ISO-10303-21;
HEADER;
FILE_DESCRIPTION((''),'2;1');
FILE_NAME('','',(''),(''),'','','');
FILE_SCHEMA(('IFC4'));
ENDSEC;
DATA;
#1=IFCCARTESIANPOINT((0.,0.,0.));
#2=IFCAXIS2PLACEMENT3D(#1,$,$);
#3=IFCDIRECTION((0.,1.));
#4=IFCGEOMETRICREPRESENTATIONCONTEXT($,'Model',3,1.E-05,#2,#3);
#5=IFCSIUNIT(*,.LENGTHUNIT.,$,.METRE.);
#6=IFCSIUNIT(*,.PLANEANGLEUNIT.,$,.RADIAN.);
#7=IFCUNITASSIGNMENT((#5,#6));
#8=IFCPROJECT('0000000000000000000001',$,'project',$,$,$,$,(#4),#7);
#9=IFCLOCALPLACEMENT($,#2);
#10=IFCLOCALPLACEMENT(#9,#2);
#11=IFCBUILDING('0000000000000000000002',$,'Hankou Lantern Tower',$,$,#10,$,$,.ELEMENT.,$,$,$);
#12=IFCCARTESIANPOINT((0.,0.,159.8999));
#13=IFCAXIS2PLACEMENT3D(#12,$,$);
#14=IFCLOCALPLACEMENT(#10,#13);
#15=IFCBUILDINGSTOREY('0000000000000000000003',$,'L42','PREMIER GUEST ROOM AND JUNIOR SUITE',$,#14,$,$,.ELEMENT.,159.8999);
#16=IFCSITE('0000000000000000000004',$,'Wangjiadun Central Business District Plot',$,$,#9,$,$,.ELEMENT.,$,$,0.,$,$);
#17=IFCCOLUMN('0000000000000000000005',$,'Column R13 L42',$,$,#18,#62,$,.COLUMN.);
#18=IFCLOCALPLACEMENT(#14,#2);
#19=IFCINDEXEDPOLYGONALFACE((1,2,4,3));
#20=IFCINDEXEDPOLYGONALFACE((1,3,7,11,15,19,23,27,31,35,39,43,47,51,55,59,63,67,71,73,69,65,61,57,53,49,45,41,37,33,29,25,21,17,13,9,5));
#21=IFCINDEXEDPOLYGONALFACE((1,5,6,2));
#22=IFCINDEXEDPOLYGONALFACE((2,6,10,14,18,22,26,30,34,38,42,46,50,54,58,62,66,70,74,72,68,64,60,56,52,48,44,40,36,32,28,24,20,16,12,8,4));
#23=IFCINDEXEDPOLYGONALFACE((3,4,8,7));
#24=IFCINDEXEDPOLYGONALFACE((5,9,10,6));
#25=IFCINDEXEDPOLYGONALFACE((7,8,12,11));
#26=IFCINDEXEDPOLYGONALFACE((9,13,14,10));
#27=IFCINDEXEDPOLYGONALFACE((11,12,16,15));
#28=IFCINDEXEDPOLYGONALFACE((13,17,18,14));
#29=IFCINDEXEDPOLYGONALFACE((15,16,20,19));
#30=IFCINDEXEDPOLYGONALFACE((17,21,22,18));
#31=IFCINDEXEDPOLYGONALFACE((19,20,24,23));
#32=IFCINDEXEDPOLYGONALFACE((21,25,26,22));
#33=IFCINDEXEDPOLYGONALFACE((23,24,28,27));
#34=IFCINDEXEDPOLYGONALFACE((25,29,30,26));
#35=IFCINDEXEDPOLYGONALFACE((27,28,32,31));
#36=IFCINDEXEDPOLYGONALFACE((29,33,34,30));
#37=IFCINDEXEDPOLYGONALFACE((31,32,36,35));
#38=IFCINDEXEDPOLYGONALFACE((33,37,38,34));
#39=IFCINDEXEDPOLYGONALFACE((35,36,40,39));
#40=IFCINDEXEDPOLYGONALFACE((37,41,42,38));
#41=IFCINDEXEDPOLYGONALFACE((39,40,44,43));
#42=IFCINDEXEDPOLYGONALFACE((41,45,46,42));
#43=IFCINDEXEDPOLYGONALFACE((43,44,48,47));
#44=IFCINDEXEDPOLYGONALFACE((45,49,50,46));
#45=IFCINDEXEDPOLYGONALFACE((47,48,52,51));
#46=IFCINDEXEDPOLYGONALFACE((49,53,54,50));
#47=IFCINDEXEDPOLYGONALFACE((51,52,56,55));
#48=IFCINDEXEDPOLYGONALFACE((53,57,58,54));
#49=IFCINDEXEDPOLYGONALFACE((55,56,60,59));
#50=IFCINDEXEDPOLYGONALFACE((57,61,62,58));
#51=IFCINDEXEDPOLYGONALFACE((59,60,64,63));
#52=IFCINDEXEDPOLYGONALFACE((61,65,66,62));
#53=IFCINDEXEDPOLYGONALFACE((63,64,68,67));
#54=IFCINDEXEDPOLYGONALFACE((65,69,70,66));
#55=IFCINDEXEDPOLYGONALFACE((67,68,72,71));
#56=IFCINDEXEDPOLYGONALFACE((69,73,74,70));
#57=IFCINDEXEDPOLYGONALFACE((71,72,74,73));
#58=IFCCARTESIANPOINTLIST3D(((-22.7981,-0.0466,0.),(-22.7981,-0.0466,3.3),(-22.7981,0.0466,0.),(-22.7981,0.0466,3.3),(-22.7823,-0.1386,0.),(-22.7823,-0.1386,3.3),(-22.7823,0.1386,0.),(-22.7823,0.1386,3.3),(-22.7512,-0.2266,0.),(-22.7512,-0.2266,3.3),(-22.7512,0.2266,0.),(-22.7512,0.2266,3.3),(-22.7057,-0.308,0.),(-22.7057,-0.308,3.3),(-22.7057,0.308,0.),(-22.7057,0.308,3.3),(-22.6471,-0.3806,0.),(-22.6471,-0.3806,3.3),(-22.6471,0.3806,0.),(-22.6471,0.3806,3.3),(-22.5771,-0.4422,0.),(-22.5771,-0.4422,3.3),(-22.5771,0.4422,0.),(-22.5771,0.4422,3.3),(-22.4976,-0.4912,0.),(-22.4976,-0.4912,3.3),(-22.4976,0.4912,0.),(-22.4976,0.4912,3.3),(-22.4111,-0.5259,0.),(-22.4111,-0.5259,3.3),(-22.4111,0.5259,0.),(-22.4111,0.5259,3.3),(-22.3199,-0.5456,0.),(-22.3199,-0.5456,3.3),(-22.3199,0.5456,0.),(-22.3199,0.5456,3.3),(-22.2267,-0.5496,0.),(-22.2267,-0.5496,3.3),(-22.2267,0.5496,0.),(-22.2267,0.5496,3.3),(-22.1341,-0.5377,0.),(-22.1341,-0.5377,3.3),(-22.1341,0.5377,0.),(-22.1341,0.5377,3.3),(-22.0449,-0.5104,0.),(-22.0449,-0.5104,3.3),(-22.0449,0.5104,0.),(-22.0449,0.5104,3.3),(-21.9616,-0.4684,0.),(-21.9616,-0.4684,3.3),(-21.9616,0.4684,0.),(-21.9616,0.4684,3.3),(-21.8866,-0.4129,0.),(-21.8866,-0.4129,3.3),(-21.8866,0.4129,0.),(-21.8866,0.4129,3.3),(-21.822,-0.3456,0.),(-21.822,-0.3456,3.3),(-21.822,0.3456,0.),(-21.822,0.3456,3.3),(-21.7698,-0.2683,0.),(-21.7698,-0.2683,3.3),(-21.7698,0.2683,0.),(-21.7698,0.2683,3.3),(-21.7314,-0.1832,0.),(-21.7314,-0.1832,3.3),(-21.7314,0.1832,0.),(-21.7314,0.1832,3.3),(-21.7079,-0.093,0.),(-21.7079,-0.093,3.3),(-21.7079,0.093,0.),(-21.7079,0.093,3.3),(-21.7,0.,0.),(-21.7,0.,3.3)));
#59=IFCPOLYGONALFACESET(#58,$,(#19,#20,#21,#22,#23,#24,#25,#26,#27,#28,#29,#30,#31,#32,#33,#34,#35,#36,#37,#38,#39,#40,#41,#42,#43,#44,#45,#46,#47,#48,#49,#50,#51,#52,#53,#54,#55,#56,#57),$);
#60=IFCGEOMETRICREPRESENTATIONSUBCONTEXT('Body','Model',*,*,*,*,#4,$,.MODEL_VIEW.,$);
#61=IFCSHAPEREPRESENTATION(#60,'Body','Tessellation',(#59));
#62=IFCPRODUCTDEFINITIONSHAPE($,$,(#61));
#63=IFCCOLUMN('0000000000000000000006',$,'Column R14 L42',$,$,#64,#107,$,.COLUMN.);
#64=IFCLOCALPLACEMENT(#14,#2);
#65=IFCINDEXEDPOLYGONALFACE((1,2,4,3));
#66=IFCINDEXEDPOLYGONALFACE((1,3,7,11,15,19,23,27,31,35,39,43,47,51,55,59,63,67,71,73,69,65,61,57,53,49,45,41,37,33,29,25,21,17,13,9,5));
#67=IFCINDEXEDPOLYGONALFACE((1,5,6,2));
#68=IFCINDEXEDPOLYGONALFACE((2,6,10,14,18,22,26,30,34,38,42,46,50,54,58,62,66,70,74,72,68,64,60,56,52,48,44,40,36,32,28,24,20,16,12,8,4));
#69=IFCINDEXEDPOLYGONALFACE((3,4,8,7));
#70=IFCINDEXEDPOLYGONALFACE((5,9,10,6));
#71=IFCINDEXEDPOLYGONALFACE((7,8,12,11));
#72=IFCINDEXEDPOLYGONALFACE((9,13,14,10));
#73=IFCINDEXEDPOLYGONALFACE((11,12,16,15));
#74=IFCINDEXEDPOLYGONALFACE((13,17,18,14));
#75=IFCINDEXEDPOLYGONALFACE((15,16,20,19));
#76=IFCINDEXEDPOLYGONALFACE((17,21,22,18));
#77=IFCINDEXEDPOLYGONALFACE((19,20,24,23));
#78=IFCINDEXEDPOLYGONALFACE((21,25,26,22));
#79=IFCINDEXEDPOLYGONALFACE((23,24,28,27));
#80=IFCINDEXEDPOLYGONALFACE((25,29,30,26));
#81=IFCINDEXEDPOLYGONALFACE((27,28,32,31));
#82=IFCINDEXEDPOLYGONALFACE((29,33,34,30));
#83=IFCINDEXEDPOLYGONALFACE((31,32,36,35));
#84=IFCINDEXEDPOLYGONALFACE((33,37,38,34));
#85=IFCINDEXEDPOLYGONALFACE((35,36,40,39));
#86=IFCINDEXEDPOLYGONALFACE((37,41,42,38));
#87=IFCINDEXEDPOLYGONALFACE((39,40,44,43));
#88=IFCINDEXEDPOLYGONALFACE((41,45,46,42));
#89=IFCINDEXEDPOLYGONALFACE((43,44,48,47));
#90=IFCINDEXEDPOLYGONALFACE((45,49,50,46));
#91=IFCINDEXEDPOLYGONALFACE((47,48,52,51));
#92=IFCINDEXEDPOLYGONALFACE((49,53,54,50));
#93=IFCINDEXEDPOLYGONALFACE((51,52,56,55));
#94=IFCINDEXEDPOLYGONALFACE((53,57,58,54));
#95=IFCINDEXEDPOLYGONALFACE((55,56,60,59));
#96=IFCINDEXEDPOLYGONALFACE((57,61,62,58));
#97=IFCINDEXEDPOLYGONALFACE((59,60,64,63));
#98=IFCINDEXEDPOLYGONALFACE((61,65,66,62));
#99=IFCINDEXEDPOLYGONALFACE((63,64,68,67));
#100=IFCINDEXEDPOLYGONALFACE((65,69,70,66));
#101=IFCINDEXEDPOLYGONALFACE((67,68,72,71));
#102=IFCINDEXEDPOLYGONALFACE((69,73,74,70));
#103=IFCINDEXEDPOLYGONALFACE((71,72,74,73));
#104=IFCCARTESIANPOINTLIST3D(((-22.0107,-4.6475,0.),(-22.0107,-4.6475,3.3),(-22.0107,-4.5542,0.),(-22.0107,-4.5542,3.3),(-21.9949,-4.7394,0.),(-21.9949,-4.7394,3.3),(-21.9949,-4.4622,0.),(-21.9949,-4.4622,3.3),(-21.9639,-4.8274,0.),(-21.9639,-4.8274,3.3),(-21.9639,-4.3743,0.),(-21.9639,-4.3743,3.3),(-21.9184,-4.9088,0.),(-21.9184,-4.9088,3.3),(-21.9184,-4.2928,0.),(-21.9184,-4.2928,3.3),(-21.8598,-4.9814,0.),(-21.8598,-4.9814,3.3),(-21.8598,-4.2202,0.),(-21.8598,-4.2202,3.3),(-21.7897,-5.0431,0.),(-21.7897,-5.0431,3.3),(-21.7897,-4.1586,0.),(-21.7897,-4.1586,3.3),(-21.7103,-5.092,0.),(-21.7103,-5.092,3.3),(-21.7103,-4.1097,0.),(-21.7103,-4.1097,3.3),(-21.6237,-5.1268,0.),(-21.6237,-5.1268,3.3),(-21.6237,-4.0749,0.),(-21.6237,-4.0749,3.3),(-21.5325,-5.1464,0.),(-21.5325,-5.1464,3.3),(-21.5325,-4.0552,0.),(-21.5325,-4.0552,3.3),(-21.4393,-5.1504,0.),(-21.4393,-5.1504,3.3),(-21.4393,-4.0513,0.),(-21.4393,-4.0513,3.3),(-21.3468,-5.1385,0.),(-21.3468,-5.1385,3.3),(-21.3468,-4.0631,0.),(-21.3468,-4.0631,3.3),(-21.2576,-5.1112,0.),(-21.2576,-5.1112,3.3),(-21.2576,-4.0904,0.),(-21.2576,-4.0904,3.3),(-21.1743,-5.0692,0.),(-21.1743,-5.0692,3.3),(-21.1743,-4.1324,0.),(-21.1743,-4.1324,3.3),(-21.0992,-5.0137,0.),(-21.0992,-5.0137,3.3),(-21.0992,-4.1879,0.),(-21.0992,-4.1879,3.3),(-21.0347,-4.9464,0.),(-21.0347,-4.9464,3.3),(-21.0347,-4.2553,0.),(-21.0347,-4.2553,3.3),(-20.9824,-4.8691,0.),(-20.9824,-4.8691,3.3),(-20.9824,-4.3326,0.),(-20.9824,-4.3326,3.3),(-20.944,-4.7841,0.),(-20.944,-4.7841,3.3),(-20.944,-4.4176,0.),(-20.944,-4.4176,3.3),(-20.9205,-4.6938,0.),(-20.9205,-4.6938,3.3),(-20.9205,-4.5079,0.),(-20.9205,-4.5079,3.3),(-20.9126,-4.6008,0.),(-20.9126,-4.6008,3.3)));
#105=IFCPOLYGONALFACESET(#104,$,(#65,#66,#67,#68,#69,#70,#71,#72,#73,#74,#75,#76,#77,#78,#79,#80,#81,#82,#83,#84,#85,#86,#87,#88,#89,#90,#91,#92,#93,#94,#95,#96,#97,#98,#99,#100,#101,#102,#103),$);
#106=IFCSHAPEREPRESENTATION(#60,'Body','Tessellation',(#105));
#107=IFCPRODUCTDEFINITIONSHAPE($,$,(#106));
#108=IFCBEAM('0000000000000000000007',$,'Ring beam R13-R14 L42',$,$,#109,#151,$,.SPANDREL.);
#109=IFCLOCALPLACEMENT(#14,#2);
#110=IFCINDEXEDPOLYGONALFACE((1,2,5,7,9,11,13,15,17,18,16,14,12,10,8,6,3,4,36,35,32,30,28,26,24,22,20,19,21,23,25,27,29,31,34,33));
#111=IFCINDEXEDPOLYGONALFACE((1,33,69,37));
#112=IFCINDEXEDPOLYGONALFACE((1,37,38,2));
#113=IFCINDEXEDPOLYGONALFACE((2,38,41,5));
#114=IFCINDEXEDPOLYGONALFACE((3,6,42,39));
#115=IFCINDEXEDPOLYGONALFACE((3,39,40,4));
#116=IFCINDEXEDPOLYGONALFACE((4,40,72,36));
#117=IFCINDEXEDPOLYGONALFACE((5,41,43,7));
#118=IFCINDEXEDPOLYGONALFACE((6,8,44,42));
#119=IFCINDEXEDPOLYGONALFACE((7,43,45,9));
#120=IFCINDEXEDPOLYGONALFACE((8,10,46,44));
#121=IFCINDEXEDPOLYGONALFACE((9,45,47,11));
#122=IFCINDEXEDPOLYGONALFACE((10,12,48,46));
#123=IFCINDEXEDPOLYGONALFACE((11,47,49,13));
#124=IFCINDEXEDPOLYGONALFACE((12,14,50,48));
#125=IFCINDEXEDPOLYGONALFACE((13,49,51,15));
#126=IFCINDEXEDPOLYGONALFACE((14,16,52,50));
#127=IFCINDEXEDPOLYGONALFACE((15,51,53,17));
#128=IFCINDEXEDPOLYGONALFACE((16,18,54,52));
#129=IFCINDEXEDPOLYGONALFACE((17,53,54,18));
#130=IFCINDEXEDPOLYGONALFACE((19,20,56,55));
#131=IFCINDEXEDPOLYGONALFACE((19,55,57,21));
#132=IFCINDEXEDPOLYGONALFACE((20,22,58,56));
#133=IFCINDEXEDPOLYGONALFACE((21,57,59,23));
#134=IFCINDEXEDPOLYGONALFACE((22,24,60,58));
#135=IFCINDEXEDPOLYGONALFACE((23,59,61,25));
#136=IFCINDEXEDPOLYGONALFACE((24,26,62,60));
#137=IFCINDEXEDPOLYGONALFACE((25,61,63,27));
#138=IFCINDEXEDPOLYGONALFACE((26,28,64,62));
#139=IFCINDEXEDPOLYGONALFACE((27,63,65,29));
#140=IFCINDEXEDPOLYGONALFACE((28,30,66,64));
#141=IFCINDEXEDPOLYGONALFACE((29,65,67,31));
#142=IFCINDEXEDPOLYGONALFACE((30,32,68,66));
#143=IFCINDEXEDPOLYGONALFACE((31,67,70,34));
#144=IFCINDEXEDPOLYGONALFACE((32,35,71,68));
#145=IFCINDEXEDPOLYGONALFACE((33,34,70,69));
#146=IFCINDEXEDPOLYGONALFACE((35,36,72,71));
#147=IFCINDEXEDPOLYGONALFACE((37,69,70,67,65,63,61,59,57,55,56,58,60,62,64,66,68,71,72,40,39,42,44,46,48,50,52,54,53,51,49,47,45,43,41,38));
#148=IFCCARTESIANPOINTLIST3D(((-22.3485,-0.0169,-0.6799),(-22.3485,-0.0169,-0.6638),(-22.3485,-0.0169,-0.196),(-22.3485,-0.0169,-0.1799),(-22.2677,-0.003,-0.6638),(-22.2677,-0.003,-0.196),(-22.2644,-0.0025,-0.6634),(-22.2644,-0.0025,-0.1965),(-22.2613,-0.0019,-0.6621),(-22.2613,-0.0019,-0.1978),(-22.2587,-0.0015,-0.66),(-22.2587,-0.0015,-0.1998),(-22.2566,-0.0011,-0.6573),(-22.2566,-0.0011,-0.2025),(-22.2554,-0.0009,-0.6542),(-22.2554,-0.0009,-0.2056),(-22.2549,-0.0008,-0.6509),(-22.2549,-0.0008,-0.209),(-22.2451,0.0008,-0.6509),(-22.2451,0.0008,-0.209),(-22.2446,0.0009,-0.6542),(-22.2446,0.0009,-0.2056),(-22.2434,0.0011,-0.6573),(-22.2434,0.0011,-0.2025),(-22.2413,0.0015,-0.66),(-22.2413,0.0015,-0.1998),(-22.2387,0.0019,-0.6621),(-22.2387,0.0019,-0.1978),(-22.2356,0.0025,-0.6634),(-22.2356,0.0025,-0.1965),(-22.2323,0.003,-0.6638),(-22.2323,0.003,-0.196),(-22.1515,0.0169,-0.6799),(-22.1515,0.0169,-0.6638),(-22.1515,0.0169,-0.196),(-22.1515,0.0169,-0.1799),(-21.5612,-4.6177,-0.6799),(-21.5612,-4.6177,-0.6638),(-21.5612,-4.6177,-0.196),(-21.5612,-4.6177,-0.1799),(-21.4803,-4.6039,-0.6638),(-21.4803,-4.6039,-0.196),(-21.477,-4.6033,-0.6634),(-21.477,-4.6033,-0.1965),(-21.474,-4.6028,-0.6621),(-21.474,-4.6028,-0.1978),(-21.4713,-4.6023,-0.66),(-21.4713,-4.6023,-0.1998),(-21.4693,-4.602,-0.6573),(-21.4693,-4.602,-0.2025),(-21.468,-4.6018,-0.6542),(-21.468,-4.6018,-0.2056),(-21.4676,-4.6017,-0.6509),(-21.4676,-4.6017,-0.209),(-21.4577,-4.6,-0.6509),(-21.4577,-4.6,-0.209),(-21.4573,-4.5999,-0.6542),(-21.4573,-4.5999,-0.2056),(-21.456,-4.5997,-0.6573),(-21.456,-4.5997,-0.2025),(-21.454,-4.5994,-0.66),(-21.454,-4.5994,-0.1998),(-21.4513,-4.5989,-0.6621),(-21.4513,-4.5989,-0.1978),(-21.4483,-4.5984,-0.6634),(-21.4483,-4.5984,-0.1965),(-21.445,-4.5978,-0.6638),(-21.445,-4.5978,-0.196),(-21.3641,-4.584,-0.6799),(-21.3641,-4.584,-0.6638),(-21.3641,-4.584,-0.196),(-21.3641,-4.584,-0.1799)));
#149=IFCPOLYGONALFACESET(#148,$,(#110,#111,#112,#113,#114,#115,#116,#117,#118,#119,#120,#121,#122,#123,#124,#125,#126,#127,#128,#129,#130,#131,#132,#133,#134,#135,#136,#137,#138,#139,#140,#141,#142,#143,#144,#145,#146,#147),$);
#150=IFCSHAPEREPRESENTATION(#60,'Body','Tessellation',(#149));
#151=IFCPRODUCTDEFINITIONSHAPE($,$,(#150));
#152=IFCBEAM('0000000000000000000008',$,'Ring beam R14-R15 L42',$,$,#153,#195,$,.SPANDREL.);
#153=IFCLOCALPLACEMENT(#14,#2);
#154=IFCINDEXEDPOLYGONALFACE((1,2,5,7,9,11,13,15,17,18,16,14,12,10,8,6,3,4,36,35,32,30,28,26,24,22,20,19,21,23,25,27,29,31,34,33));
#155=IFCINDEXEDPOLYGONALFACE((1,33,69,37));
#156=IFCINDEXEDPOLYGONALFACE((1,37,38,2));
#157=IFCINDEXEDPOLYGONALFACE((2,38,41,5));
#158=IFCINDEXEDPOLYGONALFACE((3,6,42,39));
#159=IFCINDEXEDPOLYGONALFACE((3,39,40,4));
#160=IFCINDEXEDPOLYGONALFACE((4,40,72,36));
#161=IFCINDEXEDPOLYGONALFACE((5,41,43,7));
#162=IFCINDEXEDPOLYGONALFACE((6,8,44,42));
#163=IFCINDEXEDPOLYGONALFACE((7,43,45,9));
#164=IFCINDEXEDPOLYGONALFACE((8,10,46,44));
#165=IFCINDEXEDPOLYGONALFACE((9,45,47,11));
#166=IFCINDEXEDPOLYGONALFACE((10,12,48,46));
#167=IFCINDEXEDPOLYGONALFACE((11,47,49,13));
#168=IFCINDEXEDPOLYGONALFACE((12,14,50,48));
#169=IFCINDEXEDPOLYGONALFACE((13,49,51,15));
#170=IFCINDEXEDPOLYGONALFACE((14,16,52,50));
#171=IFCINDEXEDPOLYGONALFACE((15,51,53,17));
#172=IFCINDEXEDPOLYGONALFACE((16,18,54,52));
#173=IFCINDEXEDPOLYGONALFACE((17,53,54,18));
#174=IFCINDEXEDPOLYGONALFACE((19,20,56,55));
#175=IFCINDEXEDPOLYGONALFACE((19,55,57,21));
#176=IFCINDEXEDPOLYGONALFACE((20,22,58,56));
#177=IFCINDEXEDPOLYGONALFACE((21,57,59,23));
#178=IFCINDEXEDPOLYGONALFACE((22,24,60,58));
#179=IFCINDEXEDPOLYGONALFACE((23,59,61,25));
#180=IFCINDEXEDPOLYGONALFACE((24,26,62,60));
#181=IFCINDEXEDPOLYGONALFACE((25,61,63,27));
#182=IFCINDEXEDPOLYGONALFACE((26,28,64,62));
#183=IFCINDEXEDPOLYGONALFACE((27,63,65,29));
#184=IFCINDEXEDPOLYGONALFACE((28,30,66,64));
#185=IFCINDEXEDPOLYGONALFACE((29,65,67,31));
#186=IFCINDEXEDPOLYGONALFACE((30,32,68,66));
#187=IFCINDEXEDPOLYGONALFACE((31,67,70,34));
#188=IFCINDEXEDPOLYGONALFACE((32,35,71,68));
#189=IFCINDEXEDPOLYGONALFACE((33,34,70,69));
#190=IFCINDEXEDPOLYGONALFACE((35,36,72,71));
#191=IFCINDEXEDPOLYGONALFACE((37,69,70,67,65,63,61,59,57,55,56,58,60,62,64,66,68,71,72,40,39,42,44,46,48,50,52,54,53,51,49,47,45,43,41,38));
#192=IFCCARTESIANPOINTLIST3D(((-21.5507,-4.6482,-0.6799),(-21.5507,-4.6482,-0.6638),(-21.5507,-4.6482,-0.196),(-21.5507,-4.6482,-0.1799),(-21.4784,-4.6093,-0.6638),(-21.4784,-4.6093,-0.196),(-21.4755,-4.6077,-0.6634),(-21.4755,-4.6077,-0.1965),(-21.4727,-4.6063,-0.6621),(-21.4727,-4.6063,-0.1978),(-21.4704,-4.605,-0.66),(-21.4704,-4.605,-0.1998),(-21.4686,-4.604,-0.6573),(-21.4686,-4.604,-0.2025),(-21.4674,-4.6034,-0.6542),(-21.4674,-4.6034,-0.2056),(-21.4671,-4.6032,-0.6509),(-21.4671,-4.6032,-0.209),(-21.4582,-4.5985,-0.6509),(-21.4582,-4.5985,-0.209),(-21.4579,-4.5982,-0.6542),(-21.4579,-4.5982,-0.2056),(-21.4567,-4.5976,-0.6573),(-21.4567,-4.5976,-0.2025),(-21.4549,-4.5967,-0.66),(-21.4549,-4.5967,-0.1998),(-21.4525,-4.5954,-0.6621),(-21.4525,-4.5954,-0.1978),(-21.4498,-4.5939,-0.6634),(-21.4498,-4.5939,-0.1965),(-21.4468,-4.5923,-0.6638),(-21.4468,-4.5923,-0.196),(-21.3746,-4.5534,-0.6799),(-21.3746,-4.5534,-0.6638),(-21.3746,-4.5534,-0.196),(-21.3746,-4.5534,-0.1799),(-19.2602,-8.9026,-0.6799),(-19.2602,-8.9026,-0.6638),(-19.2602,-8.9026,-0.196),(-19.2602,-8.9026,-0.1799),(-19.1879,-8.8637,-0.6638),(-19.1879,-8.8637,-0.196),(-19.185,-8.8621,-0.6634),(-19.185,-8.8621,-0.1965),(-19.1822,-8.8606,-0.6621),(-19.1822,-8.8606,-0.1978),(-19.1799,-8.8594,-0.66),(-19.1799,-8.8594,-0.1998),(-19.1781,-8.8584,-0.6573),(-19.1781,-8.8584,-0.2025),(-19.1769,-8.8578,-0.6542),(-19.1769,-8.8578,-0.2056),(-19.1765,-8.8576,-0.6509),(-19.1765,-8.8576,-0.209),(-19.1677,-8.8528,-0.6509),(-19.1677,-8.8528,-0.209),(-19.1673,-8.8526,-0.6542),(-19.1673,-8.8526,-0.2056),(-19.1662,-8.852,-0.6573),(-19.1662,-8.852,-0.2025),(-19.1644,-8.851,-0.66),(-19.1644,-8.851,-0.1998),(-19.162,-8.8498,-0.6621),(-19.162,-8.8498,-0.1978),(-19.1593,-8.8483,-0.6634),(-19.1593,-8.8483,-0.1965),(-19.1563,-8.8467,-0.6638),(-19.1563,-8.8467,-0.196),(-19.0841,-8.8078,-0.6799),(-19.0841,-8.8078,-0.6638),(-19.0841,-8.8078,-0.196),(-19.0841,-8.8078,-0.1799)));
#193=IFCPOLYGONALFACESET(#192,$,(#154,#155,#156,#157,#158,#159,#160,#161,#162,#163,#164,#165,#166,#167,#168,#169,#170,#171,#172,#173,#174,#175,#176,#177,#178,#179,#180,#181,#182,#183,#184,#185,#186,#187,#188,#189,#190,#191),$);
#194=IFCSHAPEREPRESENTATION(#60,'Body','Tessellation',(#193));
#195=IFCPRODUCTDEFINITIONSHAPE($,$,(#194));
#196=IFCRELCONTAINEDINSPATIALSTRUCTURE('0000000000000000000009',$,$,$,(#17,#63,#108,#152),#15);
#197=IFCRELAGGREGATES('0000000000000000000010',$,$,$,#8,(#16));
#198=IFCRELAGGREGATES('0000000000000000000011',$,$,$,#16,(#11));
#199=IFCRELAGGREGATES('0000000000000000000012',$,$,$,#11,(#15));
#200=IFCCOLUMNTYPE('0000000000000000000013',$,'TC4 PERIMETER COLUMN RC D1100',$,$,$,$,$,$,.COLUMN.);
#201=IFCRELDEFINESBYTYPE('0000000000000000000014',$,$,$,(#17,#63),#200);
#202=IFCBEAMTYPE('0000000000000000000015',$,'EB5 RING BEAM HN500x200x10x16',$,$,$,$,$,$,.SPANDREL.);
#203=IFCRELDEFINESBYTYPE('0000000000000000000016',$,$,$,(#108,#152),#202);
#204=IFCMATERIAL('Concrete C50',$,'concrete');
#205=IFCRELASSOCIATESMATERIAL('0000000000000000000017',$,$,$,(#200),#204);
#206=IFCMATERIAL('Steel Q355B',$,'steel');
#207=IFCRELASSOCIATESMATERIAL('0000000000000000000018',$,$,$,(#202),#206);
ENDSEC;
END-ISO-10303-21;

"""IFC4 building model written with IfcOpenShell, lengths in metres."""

from ifc_helpers import new_model, si_unit, direction, frame, origin, origin_2d, place, context, subcontext, project, spatial, circle, i_section, extrude, material, material_profile, profile_set, type_object, element, save


model = new_model("IFC4")

# Units and contexts
model_context = context("Model", 3, precision=1e-05, world=origin(), true_north=direction((0.0, 1.0)))
body_context = subcontext(model_context, "Body", "Model", "MODEL_VIEW")
ifc_project = project(units=[si_unit("LENGTHUNIT", "METRE"), si_unit("PLANEANGLEUNIT", "RADIAN")], contexts=[model_context])

# Site, building, storey
site_placement = place(None, origin())
site = spatial("IfcSite", under=ifc_project, at=site_placement, Name="Wangjiadun Central Business District Plot", CompositionType="ELEMENT", RefElevation=0.0)
building_placement = place(site_placement, origin())
building = spatial("IfcBuilding", under=site, at=building_placement, Name="Hankou Lantern Tower", CompositionType="ELEMENT")
storey_placement = place(building_placement, frame((0.0, 0.0, 159.8999)))
storey = spatial("IfcBuildingStorey", under=building, at=storey_placement, Name="L42", Description="PREMIER GUEST ROOM AND JUNIOR SUITE", CompositionType="ELEMENT", Elevation=159.8999)

# Columns
ifc_material_1 = material(Name="Concrete C50", Category="concrete")
ifc_material_profile_1 = material_profile(ifc_material_1, circle(Radius=0.55, at=origin_2d()), Name="RC D1100")
ifc_profile_set_1 = profile_set([ifc_material_profile_1], Name="Concrete C50")
column_type = type_object("IfcColumnType", Name="TC4 PERIMETER COLUMN RC D1100", PredefinedType="COLUMN", material=ifc_profile_set_1)
for number, where, z_axis, x_axis, name in (
    (1, (-22.25, 0.0, 0.0), (0.0, 0.0, 1.0), (1.0, 0.0, 0.0), "Column R13 L42"),
    (2, (-21.4626, -4.6008, 0.0), (0.0, 0.0, 1.0), (1.0, 0.0, 0.0), "Column R14 L42"),
):
    element("IfcColumn", number, at=place(storey_placement, frame(where, z_axis=z_axis, x_axis=x_axis)), inside=storey, type_object=column_type, Name=name, PredefinedType="COLUMN", context=body_context, shape_type="SweptSolid", body=[
        extrude(circle(Radius=0.55, at=origin_2d()), origin(), (0.0, 0.0, 1.0), 3.3),
    ])

# Beams
ifc_material_2 = material(Name="Steel Q355B", Category="steel")
ifc_material_profile_2 = material_profile(ifc_material_2, i_section(OverallWidth=0.2, OverallDepth=0.5, WebThickness=0.01, FlangeThickness=0.0161, FilletRadius=0.0129, at=origin_2d()), Name="HN500x200x10x16")
ifc_profile_set_2 = profile_set([ifc_material_profile_2], Name="Steel Q355B")
beam_type_1 = type_object("IfcBeamType", Name="EB5 RING BEAM HN500x200x10x16", PredefinedType="SPANDREL", material=ifc_profile_set_2)
beam_1_placement = place(storey_placement, frame((-22.25, 0.0, -0.4299), z_axis=(0.168681, -0.985671, 0.0), x_axis=(0.985671, 0.168681, 0.0)))
element("IfcBeam", 3, at=beam_1_placement, inside=storey, type_object=beam_type_1, Name="Ring beam R13-R14 L42", PredefinedType="SPANDREL", context=body_context, shape_type="SweptSolid", body=[
    extrude(i_section(OverallWidth=0.2, OverallDepth=0.5, WebThickness=0.01, FlangeThickness=0.0161, FilletRadius=0.0129, at=origin_2d()), origin(), (0.0, 0.0, 1.0), 4.6677),
])
beam_2_placement = place(storey_placement, frame((-21.4626, -4.6008, -0.4299), z_axis=(0.474052, -0.880497, 0.0), x_axis=(0.880497, 0.474052, 0.0)))
element("IfcBeam", 4, at=beam_2_placement, inside=storey, type_object=beam_type_1, Name="Ring beam R14-R15 L42", PredefinedType="SPANDREL", context=body_context, shape_type="SweptSolid", body=[
    extrude(i_section(OverallWidth=0.2, OverallDepth=0.5, WebThickness=0.01, FlangeThickness=0.0161, FilletRadius=0.0129, at=origin_2d()), origin(), (0.0, 0.0, 1.0), 4.8318),
])

save(model, "model.ifc")
